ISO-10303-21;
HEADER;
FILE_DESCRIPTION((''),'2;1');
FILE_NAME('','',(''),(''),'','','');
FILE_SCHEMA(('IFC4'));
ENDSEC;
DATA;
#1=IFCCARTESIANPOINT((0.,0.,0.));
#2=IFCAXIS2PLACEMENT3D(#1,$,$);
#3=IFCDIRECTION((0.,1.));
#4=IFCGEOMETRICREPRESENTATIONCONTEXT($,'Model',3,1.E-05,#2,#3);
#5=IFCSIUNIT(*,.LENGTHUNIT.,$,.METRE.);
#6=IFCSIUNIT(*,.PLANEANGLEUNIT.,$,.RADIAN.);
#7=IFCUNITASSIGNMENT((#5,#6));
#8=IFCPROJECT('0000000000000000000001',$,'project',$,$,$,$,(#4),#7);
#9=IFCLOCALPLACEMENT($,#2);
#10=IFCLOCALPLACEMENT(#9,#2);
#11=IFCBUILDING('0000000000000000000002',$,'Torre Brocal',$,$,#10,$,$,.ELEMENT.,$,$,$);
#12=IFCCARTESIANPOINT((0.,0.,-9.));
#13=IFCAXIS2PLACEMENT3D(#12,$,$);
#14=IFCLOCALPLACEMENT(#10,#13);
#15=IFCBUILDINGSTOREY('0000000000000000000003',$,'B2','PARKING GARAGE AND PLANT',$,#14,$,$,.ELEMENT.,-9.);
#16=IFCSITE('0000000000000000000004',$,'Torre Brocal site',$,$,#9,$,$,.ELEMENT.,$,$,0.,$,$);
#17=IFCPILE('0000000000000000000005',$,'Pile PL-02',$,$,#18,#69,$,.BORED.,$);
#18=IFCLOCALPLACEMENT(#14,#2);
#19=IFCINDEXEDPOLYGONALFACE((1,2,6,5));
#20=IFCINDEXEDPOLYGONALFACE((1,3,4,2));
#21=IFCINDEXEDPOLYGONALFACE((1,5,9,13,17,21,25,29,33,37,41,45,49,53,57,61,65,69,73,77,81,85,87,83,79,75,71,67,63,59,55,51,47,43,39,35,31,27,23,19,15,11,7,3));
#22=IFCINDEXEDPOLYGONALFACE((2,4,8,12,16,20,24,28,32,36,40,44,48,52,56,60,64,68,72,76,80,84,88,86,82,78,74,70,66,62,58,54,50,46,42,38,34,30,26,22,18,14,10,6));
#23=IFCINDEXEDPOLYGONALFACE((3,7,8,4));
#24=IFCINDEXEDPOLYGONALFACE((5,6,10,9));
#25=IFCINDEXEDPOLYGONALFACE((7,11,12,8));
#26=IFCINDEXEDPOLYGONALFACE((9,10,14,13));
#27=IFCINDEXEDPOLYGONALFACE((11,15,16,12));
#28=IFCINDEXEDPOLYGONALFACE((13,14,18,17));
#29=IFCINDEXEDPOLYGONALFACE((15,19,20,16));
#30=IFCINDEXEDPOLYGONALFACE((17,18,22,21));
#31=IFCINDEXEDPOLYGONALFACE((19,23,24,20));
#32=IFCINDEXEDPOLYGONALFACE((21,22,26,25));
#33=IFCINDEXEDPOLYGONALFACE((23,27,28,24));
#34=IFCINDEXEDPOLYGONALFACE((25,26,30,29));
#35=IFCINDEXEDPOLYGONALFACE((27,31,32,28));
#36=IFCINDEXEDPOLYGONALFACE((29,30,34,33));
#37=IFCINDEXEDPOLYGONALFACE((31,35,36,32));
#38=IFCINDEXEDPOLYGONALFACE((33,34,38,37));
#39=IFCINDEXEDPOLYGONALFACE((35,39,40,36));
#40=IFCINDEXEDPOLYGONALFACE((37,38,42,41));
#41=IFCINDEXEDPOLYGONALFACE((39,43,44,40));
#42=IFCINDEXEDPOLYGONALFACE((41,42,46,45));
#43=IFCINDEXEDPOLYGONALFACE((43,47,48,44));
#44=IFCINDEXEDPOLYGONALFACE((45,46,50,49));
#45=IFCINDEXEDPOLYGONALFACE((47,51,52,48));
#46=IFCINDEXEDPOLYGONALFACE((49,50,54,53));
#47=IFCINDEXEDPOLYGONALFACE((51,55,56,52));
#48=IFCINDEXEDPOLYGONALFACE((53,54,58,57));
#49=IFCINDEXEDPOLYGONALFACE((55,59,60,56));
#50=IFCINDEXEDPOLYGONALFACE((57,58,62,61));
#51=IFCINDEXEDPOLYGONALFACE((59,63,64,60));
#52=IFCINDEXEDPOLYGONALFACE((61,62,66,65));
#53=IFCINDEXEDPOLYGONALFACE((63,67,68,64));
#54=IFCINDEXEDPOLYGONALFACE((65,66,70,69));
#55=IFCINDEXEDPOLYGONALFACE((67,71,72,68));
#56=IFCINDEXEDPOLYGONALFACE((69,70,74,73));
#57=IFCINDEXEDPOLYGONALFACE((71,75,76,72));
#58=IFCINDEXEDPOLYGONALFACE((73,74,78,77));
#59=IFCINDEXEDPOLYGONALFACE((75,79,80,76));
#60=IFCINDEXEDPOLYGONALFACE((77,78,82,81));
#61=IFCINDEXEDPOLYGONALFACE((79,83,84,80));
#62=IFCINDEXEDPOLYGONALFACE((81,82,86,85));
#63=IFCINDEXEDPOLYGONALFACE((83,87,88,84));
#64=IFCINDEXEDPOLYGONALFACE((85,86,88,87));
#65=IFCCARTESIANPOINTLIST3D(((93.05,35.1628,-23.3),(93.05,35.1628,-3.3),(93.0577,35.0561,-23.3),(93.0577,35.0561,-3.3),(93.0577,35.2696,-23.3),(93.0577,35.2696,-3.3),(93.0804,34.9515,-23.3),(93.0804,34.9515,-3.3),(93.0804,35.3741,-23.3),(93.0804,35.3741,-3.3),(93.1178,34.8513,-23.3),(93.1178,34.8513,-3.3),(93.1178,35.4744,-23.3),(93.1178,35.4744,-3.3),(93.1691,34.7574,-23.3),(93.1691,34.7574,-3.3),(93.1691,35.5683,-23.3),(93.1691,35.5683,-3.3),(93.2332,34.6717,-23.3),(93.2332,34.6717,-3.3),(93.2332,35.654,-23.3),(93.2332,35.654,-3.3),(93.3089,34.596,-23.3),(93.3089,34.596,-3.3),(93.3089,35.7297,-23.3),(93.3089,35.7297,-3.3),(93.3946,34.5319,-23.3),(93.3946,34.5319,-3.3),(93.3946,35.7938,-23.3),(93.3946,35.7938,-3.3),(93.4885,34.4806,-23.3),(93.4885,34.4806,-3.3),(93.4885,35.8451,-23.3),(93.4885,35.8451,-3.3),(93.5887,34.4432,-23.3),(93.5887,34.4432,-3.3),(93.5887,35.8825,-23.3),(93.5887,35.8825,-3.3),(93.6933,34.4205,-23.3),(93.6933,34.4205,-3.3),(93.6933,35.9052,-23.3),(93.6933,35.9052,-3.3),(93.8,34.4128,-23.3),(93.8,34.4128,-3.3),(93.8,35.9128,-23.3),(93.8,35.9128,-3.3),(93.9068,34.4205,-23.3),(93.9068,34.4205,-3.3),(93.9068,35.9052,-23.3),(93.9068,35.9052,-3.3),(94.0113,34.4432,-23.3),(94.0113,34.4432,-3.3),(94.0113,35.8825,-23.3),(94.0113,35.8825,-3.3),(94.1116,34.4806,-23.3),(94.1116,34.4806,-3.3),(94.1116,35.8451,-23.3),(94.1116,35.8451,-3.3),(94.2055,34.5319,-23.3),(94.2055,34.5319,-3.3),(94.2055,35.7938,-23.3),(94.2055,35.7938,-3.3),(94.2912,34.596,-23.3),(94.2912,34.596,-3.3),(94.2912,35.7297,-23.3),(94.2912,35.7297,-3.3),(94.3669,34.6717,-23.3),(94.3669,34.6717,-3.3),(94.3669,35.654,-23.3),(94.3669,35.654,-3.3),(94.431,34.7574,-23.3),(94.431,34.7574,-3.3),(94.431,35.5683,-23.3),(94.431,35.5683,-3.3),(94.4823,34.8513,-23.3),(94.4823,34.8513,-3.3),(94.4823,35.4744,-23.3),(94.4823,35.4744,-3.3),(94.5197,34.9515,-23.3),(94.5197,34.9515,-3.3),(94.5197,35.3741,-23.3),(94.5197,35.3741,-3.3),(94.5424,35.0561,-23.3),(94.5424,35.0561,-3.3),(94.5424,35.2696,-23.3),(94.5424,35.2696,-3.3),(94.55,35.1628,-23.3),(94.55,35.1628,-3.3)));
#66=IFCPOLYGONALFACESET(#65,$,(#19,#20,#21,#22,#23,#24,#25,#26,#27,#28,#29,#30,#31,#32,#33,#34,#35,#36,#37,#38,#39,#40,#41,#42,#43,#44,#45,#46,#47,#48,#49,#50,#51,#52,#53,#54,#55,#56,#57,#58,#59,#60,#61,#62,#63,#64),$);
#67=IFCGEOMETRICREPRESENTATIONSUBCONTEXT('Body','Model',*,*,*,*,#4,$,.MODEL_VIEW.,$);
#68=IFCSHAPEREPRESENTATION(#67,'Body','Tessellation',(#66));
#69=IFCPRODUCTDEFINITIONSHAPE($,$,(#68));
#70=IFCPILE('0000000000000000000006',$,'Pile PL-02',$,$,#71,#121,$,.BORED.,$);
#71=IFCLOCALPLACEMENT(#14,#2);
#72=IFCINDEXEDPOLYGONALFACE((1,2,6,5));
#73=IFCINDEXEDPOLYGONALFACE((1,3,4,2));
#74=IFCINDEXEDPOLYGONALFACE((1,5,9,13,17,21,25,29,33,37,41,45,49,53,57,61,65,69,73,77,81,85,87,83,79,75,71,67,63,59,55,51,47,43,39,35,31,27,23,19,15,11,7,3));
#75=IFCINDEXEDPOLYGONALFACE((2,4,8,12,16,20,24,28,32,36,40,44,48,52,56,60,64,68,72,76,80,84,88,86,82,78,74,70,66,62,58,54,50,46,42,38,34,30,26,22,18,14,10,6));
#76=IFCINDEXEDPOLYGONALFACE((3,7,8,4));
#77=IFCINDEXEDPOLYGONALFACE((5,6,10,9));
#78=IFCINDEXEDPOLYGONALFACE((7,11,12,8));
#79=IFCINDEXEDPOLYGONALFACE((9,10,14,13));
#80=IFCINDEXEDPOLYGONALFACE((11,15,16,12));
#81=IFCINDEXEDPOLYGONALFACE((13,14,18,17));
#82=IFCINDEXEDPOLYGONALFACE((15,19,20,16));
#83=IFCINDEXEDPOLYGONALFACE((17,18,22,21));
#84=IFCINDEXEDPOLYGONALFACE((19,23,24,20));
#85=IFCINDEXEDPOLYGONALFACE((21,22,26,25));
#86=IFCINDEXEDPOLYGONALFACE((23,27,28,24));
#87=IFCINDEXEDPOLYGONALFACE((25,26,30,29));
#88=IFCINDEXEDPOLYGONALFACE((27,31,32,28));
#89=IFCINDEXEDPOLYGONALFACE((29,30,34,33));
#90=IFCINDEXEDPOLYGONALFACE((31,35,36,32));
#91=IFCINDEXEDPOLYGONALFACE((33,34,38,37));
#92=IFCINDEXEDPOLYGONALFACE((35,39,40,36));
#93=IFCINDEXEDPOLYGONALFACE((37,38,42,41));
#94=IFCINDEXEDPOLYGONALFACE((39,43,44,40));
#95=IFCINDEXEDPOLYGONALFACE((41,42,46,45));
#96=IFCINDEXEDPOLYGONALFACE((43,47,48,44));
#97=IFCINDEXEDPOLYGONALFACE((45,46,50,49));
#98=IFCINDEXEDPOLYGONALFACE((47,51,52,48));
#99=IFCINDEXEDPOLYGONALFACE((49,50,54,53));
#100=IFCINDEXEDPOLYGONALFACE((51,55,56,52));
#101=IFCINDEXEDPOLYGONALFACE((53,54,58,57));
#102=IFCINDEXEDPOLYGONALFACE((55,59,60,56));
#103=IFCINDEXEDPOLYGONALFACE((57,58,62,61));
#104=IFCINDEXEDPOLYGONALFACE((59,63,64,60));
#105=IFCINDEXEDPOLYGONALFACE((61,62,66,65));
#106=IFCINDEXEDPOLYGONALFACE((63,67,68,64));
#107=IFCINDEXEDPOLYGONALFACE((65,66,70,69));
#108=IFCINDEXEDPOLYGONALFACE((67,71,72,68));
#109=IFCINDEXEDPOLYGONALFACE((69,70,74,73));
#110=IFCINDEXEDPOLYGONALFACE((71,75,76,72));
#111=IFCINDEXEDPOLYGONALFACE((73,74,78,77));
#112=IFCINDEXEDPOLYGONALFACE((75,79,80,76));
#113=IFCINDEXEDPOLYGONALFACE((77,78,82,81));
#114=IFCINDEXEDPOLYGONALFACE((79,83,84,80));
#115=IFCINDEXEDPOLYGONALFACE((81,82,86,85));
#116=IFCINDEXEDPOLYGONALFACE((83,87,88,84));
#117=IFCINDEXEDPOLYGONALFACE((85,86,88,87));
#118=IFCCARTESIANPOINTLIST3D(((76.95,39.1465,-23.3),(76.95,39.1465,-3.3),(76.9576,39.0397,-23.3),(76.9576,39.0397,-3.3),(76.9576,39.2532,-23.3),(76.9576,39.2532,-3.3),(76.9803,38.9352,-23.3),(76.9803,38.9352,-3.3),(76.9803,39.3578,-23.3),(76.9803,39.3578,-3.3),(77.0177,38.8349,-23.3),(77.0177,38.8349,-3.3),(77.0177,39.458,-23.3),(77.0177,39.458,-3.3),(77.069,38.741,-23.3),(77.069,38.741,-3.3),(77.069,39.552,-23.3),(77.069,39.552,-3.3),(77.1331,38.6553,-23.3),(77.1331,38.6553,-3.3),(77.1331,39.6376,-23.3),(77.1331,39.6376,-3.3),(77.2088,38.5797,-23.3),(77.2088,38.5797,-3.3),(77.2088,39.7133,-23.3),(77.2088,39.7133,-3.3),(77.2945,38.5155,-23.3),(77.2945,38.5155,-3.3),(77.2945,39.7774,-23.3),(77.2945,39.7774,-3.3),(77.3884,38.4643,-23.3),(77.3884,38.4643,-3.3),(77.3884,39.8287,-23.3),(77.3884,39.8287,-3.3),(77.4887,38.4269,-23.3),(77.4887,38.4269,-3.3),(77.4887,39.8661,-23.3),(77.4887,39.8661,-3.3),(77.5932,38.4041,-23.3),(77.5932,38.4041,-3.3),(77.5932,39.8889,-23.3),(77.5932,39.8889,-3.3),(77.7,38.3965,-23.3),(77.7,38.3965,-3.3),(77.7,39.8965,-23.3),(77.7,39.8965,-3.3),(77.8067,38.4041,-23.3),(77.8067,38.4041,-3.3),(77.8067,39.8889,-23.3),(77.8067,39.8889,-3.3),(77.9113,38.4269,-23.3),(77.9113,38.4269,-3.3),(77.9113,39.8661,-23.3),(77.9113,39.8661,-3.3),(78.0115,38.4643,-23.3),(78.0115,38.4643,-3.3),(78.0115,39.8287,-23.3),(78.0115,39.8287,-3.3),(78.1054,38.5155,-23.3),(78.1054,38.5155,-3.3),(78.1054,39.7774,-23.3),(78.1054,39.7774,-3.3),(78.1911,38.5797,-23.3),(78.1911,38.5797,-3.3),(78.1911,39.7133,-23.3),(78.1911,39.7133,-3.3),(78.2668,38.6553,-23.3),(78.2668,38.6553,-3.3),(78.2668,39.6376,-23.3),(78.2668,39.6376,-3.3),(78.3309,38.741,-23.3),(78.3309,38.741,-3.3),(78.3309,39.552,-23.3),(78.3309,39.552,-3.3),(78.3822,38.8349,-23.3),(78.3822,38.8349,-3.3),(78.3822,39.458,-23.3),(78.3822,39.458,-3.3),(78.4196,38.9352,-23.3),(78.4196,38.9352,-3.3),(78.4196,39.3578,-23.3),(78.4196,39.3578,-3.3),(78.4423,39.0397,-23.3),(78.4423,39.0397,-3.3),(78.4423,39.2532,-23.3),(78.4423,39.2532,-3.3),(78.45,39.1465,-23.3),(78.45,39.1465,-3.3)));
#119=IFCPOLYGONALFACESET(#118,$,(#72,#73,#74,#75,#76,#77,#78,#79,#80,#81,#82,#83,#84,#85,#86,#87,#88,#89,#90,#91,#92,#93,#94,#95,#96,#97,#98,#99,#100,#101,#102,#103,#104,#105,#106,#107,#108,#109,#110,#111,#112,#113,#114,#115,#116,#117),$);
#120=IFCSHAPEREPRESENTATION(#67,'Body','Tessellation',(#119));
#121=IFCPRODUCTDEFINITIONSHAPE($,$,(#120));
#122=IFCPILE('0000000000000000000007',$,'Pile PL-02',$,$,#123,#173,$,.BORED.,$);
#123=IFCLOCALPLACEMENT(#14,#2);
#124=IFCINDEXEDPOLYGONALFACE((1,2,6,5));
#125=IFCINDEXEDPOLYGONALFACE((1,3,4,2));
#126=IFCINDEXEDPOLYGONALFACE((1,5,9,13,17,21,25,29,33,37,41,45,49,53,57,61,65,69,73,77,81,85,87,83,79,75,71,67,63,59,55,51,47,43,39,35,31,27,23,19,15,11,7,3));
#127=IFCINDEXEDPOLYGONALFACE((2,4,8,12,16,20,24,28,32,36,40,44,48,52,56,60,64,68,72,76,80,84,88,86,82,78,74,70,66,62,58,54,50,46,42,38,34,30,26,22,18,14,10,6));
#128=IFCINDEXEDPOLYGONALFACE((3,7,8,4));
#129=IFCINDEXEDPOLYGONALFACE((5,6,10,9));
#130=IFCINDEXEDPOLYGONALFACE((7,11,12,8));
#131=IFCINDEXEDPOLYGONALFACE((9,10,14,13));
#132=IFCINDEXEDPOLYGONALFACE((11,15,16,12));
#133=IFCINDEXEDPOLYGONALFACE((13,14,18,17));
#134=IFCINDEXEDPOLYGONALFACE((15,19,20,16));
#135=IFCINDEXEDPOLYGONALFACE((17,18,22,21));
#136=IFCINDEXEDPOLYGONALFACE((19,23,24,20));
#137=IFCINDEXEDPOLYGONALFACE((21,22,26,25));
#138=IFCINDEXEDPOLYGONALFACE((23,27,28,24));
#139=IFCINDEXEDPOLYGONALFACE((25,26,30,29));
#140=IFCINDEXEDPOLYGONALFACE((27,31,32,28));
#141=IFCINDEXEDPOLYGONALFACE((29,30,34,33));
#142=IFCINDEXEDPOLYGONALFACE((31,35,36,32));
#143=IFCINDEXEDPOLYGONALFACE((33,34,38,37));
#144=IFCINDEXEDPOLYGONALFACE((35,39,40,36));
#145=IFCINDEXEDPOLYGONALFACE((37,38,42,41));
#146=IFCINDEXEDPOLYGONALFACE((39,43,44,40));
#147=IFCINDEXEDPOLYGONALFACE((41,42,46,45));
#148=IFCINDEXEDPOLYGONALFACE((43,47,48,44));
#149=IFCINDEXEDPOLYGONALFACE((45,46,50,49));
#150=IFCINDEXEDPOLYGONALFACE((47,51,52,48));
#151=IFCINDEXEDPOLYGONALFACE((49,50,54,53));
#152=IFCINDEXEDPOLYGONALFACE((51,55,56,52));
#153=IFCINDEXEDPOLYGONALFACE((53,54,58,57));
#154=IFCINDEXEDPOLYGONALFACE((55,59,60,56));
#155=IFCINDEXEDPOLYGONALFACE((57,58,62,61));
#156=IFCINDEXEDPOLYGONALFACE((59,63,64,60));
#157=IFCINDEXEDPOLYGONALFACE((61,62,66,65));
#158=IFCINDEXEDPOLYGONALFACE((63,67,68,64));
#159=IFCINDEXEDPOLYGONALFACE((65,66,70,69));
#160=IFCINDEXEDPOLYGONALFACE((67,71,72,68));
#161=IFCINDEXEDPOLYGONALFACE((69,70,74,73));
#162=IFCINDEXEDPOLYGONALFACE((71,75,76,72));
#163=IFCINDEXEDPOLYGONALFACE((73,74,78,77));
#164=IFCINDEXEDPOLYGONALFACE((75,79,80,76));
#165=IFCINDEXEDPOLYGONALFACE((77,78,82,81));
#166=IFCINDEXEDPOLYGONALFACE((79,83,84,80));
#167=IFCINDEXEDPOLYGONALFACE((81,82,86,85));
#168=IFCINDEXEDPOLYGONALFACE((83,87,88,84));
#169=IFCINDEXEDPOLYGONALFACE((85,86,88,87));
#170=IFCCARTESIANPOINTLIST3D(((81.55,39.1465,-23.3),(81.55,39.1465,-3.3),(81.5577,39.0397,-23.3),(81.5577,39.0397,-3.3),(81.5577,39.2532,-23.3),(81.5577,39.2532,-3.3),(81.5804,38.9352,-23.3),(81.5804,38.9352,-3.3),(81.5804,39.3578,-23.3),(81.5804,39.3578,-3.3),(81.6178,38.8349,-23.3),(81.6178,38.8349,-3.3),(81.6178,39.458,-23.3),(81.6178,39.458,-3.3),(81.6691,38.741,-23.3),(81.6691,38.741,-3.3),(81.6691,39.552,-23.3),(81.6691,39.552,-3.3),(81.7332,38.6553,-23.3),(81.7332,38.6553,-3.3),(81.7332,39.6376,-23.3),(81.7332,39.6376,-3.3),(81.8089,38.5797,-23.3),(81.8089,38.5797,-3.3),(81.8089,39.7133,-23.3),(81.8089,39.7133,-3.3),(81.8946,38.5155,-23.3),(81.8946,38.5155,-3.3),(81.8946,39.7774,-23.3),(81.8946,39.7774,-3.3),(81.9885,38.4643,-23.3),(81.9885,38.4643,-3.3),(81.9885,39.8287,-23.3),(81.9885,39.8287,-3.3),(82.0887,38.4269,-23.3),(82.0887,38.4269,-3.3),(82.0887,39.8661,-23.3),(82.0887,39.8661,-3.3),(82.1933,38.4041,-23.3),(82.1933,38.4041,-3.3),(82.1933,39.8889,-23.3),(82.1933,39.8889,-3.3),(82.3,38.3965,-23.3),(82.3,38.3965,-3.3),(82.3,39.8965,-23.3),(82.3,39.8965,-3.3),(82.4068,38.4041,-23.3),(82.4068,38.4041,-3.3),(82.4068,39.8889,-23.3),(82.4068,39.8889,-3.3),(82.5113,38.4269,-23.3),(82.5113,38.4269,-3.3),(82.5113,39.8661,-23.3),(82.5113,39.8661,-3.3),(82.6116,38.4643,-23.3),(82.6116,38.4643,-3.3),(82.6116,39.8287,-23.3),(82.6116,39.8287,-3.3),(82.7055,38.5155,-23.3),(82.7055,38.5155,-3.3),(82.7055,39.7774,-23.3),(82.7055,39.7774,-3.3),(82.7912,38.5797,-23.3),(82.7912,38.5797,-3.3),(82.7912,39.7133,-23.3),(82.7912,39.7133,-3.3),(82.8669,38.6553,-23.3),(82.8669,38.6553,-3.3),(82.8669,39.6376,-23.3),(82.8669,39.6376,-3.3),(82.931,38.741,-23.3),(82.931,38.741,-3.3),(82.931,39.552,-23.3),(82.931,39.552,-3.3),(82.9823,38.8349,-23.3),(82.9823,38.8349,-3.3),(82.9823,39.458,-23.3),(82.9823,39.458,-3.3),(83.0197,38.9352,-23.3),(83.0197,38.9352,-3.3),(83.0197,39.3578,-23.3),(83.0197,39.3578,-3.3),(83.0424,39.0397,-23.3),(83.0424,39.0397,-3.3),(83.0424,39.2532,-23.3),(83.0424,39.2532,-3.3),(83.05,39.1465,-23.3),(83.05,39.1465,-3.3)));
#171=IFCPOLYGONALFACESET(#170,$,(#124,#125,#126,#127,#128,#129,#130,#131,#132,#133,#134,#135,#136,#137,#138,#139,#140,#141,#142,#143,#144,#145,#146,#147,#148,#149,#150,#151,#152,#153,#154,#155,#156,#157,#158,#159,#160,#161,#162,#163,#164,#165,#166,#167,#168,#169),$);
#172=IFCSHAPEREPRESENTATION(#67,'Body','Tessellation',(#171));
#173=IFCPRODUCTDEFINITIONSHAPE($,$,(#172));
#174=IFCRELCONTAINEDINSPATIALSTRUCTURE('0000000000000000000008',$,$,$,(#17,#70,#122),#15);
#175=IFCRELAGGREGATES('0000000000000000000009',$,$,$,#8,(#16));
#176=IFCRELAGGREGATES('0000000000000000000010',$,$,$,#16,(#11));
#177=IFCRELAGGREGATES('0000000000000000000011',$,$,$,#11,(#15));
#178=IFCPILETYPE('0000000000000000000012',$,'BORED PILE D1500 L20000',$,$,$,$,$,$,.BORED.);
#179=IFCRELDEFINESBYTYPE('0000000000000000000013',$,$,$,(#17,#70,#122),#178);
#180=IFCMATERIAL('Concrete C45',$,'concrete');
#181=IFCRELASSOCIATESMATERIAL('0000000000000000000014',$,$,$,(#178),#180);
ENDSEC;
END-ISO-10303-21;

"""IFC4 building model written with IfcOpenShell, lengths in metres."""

from ifc_helpers import new_model, si_unit, direction, frame, origin, origin_2d, place, context, subcontext, project, spatial, circle, extrude, material, material_profile, profile_set, type_object, element, save


model = new_model("IFC4")

# Units and contexts
model_context = context("Model", 3, precision=1e-05, world=origin(), true_north=direction((0.0, 1.0)))
body_context = subcontext(model_context, "Body", "Model", "MODEL_VIEW")
ifc_project = project(units=[si_unit("LENGTHUNIT", "METRE"), si_unit("PLANEANGLEUNIT", "RADIAN")], contexts=[model_context])

# Site, building, storey
site_placement = place(None, origin())
site = spatial("IfcSite", under=ifc_project, at=site_placement, Name="Torre Brocal site", CompositionType="ELEMENT", RefElevation=0.0)
building_placement = place(site_placement, origin())
building = spatial("IfcBuilding", under=site, at=building_placement, Name="Torre Brocal", CompositionType="ELEMENT")
storey_placement = place(building_placement, frame((0.0, 0.0, -9.0)))
storey = spatial("IfcBuildingStorey", under=building, at=storey_placement, Name="B2", Description="PARKING GARAGE AND PLANT", CompositionType="ELEMENT", Elevation=-9.0)

# Piles
ifc_material_1 = material(Name="Concrete C45", Category="concrete")
ifc_material_profile_1 = material_profile(ifc_material_1, circle(Radius=0.75, at=origin_2d()), Name="BORED PILE D1500")
ifc_profile_set_1 = profile_set([ifc_material_profile_1], Name="Concrete C45")
pile_type_1 = type_object("IfcPileType", Name="BORED PILE D1500 L20000", PredefinedType="BORED", material=ifc_profile_set_1)
for number, where, z_axis, x_axis, name in (
    (1, (93.8, 35.1628, -3.3), (0.0, 0.0, -1.0), (1.0, 0.0, 0.0), "Pile PL-02"),
    (2, (77.7, 39.1465, -3.3), (0.0, 0.0, -1.0), (1.0, 0.0, 0.0), "Pile PL-02"),
    (3, (82.3, 39.1465, -3.3), (0.0, 0.0, -1.0), (1.0, 0.0, 0.0), "Pile PL-02"),
):
    element("IfcPile", number, at=place(storey_placement, frame(where, z_axis=z_axis, x_axis=x_axis)), inside=storey, type_object=pile_type_1, Name=name, PredefinedType="BORED", context=body_context, shape_type="SweptSolid", body=[
        extrude(circle(Radius=0.75, at=origin_2d()), origin(), (0.0, 0.0, 1.0), 20.0),
    ])

save(model, "model.ifc")
